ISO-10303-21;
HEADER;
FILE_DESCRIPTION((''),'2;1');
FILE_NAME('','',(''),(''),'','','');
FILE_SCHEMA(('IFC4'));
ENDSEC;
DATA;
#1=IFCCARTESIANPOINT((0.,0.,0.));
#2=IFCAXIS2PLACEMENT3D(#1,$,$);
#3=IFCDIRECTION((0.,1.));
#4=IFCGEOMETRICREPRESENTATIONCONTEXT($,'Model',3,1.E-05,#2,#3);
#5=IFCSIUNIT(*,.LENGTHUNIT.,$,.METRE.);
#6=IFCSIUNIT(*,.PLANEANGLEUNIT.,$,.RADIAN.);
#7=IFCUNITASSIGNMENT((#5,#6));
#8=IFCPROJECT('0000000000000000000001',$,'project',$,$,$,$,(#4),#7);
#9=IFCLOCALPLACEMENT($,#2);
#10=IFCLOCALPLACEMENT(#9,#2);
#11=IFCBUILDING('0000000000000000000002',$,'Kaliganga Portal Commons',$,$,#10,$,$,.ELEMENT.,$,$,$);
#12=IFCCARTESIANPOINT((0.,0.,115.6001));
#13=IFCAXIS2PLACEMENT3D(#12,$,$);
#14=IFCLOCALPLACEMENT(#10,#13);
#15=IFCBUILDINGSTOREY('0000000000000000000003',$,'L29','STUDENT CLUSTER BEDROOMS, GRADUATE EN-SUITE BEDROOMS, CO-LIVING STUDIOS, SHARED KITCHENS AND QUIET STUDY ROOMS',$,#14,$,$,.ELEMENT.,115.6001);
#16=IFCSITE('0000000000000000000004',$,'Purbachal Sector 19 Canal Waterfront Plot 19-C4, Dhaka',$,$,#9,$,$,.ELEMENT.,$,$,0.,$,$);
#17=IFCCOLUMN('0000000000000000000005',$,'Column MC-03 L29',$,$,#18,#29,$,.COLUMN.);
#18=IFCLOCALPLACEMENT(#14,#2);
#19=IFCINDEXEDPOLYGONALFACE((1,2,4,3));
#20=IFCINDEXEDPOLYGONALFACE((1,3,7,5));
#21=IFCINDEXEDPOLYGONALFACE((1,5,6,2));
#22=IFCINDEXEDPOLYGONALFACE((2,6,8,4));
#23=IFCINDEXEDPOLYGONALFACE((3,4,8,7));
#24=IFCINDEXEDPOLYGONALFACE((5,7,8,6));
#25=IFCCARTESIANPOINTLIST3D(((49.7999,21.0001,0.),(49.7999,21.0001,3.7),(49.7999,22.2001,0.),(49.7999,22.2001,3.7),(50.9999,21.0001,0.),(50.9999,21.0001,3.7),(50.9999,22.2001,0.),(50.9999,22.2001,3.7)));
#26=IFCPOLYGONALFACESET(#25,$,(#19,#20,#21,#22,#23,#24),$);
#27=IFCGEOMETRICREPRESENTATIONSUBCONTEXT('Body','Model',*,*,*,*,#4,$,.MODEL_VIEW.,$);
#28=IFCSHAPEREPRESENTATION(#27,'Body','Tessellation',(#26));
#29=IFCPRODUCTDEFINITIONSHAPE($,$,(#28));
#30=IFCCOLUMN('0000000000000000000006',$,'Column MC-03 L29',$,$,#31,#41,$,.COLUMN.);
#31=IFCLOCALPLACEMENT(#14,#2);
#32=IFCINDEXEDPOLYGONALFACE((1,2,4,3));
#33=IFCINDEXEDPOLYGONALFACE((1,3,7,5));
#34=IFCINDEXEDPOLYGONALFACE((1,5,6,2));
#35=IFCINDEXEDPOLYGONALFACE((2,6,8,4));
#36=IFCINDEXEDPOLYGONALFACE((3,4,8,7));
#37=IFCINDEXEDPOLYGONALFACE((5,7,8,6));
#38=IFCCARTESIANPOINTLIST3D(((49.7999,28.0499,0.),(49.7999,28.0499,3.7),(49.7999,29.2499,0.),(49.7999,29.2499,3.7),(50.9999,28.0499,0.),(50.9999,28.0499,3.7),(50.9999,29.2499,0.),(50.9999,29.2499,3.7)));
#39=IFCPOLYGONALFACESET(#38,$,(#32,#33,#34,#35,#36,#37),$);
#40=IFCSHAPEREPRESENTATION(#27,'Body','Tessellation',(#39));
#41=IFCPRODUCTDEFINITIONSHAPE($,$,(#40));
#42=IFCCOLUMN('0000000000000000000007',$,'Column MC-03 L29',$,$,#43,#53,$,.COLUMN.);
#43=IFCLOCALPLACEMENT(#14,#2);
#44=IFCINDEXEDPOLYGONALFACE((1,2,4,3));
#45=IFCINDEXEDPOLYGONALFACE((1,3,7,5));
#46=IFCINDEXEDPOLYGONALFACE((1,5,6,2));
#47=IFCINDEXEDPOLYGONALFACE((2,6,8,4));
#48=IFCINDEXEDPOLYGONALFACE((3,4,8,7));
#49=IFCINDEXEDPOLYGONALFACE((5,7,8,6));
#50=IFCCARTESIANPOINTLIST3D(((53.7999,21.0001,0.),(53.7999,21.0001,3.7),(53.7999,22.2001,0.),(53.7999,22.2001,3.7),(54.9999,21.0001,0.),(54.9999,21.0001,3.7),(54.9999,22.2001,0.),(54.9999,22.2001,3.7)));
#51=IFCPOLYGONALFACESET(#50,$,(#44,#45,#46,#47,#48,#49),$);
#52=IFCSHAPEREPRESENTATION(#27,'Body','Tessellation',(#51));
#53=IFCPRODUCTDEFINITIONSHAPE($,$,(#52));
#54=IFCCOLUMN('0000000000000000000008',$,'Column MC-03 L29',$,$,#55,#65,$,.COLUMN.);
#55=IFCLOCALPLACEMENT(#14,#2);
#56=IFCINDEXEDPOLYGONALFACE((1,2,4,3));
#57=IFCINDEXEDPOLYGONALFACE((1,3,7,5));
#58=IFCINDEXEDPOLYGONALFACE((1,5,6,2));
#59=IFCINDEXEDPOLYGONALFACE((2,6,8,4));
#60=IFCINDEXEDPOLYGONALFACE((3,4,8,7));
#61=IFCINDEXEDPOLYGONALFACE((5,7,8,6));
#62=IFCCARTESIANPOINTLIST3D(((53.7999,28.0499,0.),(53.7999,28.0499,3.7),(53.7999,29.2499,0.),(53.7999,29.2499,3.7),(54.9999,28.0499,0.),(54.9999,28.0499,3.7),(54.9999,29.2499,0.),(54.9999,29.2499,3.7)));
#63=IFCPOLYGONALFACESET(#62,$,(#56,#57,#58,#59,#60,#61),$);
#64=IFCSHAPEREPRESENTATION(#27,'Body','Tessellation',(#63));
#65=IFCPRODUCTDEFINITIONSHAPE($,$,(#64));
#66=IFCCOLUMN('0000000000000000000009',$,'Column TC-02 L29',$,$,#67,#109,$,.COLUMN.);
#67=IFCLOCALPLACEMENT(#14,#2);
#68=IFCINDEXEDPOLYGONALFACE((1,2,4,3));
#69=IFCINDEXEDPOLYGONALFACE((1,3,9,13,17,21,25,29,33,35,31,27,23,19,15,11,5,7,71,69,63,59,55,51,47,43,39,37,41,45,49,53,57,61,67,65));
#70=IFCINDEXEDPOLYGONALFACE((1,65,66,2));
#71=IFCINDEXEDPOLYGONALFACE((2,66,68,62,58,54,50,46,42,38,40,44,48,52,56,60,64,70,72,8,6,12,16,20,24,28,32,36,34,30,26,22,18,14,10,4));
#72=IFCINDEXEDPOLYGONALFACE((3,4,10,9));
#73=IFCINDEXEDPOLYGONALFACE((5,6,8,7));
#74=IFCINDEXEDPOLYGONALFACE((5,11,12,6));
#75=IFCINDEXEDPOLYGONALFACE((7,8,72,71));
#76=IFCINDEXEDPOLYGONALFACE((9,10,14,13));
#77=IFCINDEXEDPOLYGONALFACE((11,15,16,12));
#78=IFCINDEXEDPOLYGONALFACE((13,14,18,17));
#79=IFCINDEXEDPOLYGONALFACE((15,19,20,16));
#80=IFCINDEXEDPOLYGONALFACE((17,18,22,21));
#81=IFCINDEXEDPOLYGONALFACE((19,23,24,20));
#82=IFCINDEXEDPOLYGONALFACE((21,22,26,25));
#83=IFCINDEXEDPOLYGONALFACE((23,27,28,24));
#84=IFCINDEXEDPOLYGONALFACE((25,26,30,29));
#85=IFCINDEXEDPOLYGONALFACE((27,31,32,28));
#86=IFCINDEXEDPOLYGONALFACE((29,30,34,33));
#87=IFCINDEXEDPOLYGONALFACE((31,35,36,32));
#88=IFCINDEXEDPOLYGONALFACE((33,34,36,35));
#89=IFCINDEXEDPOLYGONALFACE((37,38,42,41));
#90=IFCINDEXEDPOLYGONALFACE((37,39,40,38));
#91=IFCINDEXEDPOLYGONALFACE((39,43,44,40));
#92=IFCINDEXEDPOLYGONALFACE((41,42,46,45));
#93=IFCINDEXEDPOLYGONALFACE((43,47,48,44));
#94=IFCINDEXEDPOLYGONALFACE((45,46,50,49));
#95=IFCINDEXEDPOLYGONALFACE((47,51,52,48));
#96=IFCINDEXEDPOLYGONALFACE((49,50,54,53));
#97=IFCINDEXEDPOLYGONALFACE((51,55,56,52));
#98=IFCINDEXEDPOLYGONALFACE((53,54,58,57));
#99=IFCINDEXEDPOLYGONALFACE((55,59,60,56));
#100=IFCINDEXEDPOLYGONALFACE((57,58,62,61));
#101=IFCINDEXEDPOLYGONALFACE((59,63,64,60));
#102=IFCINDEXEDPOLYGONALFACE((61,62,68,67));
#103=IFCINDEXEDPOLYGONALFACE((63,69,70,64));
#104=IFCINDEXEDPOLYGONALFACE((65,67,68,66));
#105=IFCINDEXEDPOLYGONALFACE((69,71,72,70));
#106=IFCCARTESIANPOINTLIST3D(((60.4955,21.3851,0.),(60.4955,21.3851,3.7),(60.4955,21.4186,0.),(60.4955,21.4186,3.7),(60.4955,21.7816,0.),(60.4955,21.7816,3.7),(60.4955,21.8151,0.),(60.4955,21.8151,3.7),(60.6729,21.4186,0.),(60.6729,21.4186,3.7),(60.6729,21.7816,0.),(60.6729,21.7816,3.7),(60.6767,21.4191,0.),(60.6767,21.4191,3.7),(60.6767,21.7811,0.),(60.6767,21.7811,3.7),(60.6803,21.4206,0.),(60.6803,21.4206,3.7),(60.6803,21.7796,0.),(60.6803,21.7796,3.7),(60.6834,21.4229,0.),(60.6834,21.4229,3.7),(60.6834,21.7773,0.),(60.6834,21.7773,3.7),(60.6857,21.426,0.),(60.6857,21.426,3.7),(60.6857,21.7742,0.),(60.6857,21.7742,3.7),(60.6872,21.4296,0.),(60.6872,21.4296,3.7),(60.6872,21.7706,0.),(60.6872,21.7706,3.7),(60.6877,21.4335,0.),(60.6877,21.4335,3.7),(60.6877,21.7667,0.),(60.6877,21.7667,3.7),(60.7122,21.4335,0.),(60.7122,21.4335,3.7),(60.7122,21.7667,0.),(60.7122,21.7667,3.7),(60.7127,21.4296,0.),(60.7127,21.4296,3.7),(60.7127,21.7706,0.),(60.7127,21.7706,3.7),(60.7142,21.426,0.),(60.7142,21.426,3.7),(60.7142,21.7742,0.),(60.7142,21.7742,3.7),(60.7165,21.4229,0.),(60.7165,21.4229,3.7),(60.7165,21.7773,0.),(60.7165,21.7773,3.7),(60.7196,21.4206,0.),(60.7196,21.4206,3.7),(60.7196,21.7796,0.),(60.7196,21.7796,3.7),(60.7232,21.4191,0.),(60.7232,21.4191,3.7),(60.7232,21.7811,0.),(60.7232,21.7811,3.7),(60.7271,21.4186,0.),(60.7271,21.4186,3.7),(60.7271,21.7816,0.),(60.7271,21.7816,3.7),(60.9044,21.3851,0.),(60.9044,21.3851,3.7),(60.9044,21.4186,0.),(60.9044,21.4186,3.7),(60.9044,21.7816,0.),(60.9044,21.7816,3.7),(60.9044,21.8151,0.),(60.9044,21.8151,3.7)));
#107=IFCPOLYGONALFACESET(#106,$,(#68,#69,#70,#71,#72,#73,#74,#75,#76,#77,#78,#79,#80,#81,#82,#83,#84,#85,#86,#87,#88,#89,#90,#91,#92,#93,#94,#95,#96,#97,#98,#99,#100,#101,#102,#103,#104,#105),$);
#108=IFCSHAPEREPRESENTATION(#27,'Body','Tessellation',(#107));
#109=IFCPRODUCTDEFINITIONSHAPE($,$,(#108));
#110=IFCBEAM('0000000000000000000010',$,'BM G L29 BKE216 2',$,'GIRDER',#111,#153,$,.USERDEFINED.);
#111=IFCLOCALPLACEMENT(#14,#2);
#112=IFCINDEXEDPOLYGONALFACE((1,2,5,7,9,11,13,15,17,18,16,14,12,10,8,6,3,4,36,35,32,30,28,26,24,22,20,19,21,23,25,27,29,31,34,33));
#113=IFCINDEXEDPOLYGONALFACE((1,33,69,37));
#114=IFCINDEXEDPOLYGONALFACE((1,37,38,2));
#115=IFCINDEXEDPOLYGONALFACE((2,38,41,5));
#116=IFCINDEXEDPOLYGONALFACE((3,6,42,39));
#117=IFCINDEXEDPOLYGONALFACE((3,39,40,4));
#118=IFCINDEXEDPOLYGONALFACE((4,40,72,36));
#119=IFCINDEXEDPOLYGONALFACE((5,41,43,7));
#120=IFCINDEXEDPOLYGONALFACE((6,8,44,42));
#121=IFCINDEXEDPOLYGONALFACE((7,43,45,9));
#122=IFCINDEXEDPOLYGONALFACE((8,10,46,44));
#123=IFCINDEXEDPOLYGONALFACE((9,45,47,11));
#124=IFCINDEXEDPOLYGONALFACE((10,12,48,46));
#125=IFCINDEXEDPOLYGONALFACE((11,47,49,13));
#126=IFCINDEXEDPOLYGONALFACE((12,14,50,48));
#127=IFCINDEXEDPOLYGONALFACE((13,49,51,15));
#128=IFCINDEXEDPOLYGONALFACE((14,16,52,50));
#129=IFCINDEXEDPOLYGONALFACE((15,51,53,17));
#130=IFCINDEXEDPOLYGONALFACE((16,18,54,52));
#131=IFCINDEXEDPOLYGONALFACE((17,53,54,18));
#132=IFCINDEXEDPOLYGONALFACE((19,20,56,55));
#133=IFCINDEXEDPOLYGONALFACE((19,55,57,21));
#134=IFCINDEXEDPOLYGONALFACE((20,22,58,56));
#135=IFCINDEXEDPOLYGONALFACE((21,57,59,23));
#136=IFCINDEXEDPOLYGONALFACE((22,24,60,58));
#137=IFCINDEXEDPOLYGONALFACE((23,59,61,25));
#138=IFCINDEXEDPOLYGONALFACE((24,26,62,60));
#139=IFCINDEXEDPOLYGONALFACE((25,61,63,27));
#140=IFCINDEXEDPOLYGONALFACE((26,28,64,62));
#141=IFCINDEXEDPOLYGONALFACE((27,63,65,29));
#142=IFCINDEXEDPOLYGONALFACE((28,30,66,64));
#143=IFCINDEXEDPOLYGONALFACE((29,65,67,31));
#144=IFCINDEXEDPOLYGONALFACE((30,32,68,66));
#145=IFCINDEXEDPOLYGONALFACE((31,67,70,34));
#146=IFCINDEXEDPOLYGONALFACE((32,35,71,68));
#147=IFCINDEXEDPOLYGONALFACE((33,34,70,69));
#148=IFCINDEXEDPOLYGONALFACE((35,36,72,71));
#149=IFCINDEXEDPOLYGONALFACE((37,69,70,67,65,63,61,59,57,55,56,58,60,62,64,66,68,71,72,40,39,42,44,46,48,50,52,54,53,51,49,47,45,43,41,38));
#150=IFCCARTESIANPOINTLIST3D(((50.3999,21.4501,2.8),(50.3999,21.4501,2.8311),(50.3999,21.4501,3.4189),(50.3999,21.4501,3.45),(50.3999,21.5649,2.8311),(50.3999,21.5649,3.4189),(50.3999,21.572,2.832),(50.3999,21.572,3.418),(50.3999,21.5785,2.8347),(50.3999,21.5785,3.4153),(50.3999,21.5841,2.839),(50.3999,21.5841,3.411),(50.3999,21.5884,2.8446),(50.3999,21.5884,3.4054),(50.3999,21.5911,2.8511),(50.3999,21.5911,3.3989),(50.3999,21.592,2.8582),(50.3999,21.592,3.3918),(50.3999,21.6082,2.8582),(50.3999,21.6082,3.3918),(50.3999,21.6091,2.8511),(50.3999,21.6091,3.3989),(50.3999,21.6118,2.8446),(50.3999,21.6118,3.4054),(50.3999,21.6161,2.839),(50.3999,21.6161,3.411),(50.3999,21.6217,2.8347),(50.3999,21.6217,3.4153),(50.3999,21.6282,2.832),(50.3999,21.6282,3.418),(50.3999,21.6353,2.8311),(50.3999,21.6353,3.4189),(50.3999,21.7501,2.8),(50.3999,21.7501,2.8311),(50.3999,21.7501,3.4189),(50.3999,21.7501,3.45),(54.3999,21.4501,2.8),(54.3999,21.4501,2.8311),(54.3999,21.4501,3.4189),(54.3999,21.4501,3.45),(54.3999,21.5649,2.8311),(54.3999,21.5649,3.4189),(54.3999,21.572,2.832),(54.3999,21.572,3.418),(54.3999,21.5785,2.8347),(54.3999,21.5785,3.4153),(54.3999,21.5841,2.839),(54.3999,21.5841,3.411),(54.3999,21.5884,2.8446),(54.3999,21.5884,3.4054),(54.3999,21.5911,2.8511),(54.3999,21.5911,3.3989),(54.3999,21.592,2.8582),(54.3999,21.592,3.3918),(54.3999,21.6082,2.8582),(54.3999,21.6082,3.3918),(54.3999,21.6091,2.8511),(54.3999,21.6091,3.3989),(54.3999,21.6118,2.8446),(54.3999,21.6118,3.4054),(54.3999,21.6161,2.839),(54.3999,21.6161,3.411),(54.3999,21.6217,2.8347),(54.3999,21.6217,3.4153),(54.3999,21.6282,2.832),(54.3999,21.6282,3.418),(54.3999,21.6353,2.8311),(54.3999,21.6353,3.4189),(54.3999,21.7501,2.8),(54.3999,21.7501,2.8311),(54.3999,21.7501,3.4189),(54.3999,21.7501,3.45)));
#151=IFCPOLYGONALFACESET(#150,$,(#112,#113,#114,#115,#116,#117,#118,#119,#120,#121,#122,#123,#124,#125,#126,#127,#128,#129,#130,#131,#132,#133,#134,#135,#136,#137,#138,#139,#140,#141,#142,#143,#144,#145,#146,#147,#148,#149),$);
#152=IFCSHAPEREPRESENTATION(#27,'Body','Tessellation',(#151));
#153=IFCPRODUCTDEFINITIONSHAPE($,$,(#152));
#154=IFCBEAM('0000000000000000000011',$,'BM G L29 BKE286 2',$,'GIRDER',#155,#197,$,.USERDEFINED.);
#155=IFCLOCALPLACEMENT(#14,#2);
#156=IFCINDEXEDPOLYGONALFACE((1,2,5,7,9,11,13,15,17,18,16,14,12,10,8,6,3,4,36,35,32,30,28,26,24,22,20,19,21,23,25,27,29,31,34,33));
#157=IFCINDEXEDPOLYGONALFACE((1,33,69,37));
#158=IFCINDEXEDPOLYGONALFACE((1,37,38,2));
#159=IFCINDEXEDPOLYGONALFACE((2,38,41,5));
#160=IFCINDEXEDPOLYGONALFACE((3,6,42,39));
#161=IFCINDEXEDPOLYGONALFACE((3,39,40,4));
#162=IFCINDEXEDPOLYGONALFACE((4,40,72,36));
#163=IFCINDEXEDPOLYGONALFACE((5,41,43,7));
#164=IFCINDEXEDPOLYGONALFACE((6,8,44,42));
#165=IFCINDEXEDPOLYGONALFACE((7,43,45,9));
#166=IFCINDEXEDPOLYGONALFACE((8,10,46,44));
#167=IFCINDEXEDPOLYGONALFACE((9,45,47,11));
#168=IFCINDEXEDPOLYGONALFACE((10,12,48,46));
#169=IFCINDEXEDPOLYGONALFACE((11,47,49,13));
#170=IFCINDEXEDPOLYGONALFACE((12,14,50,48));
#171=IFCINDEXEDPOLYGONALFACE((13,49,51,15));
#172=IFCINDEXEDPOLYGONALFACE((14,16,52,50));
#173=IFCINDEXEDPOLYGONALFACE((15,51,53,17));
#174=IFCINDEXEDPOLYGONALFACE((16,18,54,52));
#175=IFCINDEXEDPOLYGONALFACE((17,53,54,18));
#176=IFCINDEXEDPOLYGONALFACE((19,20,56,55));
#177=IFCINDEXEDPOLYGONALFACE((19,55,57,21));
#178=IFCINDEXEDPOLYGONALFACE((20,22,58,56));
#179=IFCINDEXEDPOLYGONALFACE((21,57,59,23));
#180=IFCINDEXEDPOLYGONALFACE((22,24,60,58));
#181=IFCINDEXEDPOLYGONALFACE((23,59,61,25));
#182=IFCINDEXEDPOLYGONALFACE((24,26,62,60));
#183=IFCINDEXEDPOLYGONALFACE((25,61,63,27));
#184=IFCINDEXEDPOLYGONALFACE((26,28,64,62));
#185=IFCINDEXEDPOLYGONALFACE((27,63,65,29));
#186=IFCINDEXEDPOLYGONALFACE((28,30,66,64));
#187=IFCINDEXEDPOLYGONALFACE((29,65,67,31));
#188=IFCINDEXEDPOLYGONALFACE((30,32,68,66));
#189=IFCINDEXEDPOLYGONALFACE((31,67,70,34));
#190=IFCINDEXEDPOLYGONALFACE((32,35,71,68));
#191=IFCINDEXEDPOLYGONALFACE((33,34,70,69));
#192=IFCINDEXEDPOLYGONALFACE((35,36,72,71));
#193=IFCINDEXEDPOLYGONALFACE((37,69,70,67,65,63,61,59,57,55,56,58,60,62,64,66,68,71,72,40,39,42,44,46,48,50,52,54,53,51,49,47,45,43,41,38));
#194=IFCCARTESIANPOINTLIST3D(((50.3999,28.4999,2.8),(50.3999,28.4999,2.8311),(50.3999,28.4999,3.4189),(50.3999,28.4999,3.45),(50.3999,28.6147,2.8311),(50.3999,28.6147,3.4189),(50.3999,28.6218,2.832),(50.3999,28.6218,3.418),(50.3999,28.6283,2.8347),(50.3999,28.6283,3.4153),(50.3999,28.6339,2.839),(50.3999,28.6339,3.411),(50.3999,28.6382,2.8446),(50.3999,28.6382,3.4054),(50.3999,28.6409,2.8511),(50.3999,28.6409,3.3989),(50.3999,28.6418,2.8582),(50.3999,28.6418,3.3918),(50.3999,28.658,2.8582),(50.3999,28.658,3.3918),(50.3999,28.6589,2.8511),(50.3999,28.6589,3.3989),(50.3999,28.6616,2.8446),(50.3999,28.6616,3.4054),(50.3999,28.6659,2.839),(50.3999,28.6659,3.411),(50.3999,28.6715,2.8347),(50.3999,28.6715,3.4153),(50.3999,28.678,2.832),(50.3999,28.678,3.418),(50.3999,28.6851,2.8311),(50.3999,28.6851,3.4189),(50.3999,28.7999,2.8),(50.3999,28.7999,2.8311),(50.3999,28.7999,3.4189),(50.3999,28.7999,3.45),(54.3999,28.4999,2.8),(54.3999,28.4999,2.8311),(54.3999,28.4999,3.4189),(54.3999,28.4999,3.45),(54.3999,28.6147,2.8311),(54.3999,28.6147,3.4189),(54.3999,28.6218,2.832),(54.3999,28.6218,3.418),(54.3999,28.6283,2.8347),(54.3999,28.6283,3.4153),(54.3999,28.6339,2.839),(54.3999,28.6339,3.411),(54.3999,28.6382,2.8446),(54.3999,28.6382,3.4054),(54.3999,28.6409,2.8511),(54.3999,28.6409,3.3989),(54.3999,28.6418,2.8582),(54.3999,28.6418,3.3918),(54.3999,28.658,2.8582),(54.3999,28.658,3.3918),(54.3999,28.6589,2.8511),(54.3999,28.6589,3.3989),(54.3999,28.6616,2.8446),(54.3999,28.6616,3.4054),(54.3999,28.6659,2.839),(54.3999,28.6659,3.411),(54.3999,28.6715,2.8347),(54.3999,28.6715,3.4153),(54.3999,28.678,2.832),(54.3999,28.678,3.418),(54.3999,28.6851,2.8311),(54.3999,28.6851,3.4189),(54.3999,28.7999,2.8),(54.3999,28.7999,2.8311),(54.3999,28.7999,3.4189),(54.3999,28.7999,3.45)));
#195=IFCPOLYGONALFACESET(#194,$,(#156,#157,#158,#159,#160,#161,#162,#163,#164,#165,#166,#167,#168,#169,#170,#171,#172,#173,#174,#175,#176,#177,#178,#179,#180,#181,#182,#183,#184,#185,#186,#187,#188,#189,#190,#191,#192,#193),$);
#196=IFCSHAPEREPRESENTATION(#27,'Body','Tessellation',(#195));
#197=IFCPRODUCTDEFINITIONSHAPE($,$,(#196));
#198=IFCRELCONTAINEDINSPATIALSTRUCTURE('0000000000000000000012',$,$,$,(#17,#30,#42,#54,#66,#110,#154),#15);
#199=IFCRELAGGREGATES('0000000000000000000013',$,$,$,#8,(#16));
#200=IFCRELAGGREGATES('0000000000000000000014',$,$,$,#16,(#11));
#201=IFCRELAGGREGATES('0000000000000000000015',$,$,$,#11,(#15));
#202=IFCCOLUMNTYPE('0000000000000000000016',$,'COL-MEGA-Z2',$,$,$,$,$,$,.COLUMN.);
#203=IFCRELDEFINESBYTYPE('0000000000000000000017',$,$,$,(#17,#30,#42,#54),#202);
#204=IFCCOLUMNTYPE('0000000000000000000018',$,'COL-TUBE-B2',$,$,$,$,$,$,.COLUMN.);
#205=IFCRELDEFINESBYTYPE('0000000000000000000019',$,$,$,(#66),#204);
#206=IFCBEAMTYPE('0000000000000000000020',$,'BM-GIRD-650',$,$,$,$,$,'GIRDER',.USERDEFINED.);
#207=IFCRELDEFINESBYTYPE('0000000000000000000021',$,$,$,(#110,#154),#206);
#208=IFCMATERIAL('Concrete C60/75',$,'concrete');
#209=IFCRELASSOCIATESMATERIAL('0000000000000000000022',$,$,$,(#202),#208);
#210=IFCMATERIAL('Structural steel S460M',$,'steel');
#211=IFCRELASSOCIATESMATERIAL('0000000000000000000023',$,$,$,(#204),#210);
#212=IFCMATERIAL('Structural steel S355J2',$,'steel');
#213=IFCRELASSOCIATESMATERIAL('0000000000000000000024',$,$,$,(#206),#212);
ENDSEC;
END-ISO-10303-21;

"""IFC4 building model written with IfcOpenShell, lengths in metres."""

from ifc_helpers import new_model, si_unit, direction, frame, origin, origin_2d, place, context, subcontext, project, spatial, rectangle, i_section, extrude, source, transform, mapped, material, material_profile, profile_set, type_object, element, save


model = new_model("IFC4")

# Units and contexts
model_context = context("Model", 3, precision=1e-05, world=origin(), true_north=direction((0.0, 1.0)))
body_context = subcontext(model_context, "Body", "Model", "MODEL_VIEW")
ifc_project = project(units=[si_unit("LENGTHUNIT", "METRE"), si_unit("PLANEANGLEUNIT", "RADIAN")], contexts=[model_context])

# Site, building, storey
site_placement = place(None, origin())
site = spatial("IfcSite", under=ifc_project, at=site_placement, Name="Purbachal Sector 19 Canal Waterfront Plot 19-C4, Dhaka", CompositionType="ELEMENT", RefElevation=0.0)
building_placement = place(site_placement, origin())
building = spatial("IfcBuilding", under=site, at=building_placement, Name="Kaliganga Portal Commons", CompositionType="ELEMENT")
storey_placement = place(building_placement, frame((0.0, 0.0, 115.6001)))
storey = spatial("IfcBuildingStorey", under=building, at=storey_placement, Name="L29", Description="STUDENT CLUSTER BEDROOMS, GRADUATE EN-SUITE BEDROOMS, CO-LIVING STUDIOS, SHARED KITCHENS AND QUIET STUDY ROOMS", CompositionType="ELEMENT", Elevation=115.6001)

# Columns
ifc_material_1 = material(Name="Concrete C60/75", Category="concrete")
ifc_material_profile_1 = material_profile(ifc_material_1, rectangle(XDim=1.2, YDim=1.2, at=origin_2d()), Name="RC 1200x1200")
ifc_profile_set_1 = profile_set([ifc_material_profile_1], Name="Concrete C60/75")
column_type_1 = type_object("IfcColumnType", Name="COL-MEGA-Z2", PredefinedType="COLUMN", material=ifc_profile_set_1)
shared_shape_1 = source(origin(), body_context, "Body", "SweptSolid", [
    extrude(rectangle(XDim=1.2, YDim=1.2, at=origin_2d()), origin(), (0.0, 0.0, 1.0), 3.7),
])
for number, where, z_axis, x_axis, name in (
    (1, (50.3999, 21.6001, 0.0), (0.0, 0.0, 1.0), (1.0, 0.0, 0.0), "Column MC-03 L29"),
    (2, (50.3999, 28.6499, 0.0), (0.0, 0.0, 1.0), (1.0, 0.0, 0.0), "Column MC-03 L29"),
    (3, (54.3999, 21.6001, 0.0), (0.0, 0.0, 1.0), (1.0, 0.0, 0.0), "Column MC-03 L29"),
    (4, (54.3999, 28.6499, 0.0), (0.0, 0.0, 1.0), (1.0, 0.0, 0.0), "Column MC-03 L29"),
):
    element("IfcColumn", number, at=place(storey_placement, frame(where, z_axis=z_axis, x_axis=x_axis)), inside=storey, type_object=column_type_1, Name=name, PredefinedType="COLUMN", context=body_context, shape_type="MappedRepresentation", body=[
        mapped(shared_shape_1, transform((0.0, 0.0, 0.0), x_axis=(1.0, 0.0, 0.0), y_axis=(0.0, 1.0, 0.0), z_axis=(0.0, 0.0, 1.0), scale=1.0)),
    ])
ifc_material_2 = material(Name="Structural steel S460M", Category="steel")
ifc_material_profile_2 = material_profile(ifc_material_2, i_section(OverallWidth=0.4089, OverallDepth=0.4299, WebThickness=0.0244, FlangeThickness=0.0334, FilletRadius=0.0149, at=origin_2d()), Name="HD 400x421")
ifc_profile_set_2 = profile_set([ifc_material_profile_2], Name="Structural steel S460M wide-flange")
column_type_2 = type_object("IfcColumnType", Name="COL-TUBE-B2", PredefinedType="COLUMN", material=ifc_profile_set_2)
shared_shape_2 = source(origin(), body_context, "Body", "SweptSolid", [
    extrude(i_section(OverallWidth=0.4089, OverallDepth=0.4299, WebThickness=0.0244, FlangeThickness=0.0334, FilletRadius=0.0149, at=origin_2d()), origin(), (0.0, 0.0, 1.0), 3.7),
])
column_placement = place(storey_placement, frame((60.7, 21.6001, 0.0), z_axis=(0.0, 0.0, 1.0), x_axis=(1.0, 0.0, 0.0)))
element("IfcColumn", 5, at=column_placement, inside=storey, type_object=column_type_2, Name="Column TC-02 L29", PredefinedType="COLUMN", context=body_context, shape_type="MappedRepresentation", body=[
    mapped(shared_shape_2, transform((0.0, 0.0, 0.0), x_axis=(1.0, 0.0, 0.0), y_axis=(0.0, 1.0, 0.0), z_axis=(0.0, 0.0, 1.0), scale=1.0)),
])

# Beams
ifc_material_3 = material(Name="Structural steel S355J2", Category="steel")
ifc_material_profile_3 = material_profile(ifc_material_3, i_section(OverallWidth=0.3, OverallDepth=0.6499, WebThickness=0.0161, FlangeThickness=0.031, FilletRadius=0.0271, at=origin_2d()), Name="HE 650 B")
ifc_profile_set_3 = profile_set([ifc_material_profile_3], Name="Structural steel S355J2 wide-flange")
beam_type_1 = type_object("IfcBeamType", Name="BM-GIRD-650", ElementType="GIRDER", PredefinedType="USERDEFINED", material=ifc_profile_set_3)
shared_shape_3 = source(origin(), body_context, "Body", "SweptSolid", [
    extrude(i_section(OverallWidth=0.3, OverallDepth=0.6499, WebThickness=0.0161, FlangeThickness=0.031, FilletRadius=0.0271, at=origin_2d()), origin(), (0.0, 0.0, 1.0), 4.0),
])
for number, where, z_axis, x_axis, name in (
    (6, (50.3999, 21.6001, 3.125), (1.0, 0.0, 0.0), (0.0, 1.0, 0.0), "BM G L29 BKE216 2"),
    (7, (50.3999, 28.6499, 3.125), (1.0, 0.0, 0.0), (0.0, 1.0, 0.0), "BM G L29 BKE286 2"),
):
    element("IfcBeam", number, at=place(storey_placement, frame(where, z_axis=z_axis, x_axis=x_axis)), inside=storey, type_object=beam_type_1, Name=name, ObjectType="GIRDER", PredefinedType="USERDEFINED", context=body_context, shape_type="MappedRepresentation", body=[
        mapped(shared_shape_3, transform((0.0, 0.0, 0.0), x_axis=(1.0, 0.0, 0.0), y_axis=(0.0, 1.0, 0.0), z_axis=(0.0, 0.0, 1.0), scale=1.0)),
    ])

save(model, "model.ifc")
